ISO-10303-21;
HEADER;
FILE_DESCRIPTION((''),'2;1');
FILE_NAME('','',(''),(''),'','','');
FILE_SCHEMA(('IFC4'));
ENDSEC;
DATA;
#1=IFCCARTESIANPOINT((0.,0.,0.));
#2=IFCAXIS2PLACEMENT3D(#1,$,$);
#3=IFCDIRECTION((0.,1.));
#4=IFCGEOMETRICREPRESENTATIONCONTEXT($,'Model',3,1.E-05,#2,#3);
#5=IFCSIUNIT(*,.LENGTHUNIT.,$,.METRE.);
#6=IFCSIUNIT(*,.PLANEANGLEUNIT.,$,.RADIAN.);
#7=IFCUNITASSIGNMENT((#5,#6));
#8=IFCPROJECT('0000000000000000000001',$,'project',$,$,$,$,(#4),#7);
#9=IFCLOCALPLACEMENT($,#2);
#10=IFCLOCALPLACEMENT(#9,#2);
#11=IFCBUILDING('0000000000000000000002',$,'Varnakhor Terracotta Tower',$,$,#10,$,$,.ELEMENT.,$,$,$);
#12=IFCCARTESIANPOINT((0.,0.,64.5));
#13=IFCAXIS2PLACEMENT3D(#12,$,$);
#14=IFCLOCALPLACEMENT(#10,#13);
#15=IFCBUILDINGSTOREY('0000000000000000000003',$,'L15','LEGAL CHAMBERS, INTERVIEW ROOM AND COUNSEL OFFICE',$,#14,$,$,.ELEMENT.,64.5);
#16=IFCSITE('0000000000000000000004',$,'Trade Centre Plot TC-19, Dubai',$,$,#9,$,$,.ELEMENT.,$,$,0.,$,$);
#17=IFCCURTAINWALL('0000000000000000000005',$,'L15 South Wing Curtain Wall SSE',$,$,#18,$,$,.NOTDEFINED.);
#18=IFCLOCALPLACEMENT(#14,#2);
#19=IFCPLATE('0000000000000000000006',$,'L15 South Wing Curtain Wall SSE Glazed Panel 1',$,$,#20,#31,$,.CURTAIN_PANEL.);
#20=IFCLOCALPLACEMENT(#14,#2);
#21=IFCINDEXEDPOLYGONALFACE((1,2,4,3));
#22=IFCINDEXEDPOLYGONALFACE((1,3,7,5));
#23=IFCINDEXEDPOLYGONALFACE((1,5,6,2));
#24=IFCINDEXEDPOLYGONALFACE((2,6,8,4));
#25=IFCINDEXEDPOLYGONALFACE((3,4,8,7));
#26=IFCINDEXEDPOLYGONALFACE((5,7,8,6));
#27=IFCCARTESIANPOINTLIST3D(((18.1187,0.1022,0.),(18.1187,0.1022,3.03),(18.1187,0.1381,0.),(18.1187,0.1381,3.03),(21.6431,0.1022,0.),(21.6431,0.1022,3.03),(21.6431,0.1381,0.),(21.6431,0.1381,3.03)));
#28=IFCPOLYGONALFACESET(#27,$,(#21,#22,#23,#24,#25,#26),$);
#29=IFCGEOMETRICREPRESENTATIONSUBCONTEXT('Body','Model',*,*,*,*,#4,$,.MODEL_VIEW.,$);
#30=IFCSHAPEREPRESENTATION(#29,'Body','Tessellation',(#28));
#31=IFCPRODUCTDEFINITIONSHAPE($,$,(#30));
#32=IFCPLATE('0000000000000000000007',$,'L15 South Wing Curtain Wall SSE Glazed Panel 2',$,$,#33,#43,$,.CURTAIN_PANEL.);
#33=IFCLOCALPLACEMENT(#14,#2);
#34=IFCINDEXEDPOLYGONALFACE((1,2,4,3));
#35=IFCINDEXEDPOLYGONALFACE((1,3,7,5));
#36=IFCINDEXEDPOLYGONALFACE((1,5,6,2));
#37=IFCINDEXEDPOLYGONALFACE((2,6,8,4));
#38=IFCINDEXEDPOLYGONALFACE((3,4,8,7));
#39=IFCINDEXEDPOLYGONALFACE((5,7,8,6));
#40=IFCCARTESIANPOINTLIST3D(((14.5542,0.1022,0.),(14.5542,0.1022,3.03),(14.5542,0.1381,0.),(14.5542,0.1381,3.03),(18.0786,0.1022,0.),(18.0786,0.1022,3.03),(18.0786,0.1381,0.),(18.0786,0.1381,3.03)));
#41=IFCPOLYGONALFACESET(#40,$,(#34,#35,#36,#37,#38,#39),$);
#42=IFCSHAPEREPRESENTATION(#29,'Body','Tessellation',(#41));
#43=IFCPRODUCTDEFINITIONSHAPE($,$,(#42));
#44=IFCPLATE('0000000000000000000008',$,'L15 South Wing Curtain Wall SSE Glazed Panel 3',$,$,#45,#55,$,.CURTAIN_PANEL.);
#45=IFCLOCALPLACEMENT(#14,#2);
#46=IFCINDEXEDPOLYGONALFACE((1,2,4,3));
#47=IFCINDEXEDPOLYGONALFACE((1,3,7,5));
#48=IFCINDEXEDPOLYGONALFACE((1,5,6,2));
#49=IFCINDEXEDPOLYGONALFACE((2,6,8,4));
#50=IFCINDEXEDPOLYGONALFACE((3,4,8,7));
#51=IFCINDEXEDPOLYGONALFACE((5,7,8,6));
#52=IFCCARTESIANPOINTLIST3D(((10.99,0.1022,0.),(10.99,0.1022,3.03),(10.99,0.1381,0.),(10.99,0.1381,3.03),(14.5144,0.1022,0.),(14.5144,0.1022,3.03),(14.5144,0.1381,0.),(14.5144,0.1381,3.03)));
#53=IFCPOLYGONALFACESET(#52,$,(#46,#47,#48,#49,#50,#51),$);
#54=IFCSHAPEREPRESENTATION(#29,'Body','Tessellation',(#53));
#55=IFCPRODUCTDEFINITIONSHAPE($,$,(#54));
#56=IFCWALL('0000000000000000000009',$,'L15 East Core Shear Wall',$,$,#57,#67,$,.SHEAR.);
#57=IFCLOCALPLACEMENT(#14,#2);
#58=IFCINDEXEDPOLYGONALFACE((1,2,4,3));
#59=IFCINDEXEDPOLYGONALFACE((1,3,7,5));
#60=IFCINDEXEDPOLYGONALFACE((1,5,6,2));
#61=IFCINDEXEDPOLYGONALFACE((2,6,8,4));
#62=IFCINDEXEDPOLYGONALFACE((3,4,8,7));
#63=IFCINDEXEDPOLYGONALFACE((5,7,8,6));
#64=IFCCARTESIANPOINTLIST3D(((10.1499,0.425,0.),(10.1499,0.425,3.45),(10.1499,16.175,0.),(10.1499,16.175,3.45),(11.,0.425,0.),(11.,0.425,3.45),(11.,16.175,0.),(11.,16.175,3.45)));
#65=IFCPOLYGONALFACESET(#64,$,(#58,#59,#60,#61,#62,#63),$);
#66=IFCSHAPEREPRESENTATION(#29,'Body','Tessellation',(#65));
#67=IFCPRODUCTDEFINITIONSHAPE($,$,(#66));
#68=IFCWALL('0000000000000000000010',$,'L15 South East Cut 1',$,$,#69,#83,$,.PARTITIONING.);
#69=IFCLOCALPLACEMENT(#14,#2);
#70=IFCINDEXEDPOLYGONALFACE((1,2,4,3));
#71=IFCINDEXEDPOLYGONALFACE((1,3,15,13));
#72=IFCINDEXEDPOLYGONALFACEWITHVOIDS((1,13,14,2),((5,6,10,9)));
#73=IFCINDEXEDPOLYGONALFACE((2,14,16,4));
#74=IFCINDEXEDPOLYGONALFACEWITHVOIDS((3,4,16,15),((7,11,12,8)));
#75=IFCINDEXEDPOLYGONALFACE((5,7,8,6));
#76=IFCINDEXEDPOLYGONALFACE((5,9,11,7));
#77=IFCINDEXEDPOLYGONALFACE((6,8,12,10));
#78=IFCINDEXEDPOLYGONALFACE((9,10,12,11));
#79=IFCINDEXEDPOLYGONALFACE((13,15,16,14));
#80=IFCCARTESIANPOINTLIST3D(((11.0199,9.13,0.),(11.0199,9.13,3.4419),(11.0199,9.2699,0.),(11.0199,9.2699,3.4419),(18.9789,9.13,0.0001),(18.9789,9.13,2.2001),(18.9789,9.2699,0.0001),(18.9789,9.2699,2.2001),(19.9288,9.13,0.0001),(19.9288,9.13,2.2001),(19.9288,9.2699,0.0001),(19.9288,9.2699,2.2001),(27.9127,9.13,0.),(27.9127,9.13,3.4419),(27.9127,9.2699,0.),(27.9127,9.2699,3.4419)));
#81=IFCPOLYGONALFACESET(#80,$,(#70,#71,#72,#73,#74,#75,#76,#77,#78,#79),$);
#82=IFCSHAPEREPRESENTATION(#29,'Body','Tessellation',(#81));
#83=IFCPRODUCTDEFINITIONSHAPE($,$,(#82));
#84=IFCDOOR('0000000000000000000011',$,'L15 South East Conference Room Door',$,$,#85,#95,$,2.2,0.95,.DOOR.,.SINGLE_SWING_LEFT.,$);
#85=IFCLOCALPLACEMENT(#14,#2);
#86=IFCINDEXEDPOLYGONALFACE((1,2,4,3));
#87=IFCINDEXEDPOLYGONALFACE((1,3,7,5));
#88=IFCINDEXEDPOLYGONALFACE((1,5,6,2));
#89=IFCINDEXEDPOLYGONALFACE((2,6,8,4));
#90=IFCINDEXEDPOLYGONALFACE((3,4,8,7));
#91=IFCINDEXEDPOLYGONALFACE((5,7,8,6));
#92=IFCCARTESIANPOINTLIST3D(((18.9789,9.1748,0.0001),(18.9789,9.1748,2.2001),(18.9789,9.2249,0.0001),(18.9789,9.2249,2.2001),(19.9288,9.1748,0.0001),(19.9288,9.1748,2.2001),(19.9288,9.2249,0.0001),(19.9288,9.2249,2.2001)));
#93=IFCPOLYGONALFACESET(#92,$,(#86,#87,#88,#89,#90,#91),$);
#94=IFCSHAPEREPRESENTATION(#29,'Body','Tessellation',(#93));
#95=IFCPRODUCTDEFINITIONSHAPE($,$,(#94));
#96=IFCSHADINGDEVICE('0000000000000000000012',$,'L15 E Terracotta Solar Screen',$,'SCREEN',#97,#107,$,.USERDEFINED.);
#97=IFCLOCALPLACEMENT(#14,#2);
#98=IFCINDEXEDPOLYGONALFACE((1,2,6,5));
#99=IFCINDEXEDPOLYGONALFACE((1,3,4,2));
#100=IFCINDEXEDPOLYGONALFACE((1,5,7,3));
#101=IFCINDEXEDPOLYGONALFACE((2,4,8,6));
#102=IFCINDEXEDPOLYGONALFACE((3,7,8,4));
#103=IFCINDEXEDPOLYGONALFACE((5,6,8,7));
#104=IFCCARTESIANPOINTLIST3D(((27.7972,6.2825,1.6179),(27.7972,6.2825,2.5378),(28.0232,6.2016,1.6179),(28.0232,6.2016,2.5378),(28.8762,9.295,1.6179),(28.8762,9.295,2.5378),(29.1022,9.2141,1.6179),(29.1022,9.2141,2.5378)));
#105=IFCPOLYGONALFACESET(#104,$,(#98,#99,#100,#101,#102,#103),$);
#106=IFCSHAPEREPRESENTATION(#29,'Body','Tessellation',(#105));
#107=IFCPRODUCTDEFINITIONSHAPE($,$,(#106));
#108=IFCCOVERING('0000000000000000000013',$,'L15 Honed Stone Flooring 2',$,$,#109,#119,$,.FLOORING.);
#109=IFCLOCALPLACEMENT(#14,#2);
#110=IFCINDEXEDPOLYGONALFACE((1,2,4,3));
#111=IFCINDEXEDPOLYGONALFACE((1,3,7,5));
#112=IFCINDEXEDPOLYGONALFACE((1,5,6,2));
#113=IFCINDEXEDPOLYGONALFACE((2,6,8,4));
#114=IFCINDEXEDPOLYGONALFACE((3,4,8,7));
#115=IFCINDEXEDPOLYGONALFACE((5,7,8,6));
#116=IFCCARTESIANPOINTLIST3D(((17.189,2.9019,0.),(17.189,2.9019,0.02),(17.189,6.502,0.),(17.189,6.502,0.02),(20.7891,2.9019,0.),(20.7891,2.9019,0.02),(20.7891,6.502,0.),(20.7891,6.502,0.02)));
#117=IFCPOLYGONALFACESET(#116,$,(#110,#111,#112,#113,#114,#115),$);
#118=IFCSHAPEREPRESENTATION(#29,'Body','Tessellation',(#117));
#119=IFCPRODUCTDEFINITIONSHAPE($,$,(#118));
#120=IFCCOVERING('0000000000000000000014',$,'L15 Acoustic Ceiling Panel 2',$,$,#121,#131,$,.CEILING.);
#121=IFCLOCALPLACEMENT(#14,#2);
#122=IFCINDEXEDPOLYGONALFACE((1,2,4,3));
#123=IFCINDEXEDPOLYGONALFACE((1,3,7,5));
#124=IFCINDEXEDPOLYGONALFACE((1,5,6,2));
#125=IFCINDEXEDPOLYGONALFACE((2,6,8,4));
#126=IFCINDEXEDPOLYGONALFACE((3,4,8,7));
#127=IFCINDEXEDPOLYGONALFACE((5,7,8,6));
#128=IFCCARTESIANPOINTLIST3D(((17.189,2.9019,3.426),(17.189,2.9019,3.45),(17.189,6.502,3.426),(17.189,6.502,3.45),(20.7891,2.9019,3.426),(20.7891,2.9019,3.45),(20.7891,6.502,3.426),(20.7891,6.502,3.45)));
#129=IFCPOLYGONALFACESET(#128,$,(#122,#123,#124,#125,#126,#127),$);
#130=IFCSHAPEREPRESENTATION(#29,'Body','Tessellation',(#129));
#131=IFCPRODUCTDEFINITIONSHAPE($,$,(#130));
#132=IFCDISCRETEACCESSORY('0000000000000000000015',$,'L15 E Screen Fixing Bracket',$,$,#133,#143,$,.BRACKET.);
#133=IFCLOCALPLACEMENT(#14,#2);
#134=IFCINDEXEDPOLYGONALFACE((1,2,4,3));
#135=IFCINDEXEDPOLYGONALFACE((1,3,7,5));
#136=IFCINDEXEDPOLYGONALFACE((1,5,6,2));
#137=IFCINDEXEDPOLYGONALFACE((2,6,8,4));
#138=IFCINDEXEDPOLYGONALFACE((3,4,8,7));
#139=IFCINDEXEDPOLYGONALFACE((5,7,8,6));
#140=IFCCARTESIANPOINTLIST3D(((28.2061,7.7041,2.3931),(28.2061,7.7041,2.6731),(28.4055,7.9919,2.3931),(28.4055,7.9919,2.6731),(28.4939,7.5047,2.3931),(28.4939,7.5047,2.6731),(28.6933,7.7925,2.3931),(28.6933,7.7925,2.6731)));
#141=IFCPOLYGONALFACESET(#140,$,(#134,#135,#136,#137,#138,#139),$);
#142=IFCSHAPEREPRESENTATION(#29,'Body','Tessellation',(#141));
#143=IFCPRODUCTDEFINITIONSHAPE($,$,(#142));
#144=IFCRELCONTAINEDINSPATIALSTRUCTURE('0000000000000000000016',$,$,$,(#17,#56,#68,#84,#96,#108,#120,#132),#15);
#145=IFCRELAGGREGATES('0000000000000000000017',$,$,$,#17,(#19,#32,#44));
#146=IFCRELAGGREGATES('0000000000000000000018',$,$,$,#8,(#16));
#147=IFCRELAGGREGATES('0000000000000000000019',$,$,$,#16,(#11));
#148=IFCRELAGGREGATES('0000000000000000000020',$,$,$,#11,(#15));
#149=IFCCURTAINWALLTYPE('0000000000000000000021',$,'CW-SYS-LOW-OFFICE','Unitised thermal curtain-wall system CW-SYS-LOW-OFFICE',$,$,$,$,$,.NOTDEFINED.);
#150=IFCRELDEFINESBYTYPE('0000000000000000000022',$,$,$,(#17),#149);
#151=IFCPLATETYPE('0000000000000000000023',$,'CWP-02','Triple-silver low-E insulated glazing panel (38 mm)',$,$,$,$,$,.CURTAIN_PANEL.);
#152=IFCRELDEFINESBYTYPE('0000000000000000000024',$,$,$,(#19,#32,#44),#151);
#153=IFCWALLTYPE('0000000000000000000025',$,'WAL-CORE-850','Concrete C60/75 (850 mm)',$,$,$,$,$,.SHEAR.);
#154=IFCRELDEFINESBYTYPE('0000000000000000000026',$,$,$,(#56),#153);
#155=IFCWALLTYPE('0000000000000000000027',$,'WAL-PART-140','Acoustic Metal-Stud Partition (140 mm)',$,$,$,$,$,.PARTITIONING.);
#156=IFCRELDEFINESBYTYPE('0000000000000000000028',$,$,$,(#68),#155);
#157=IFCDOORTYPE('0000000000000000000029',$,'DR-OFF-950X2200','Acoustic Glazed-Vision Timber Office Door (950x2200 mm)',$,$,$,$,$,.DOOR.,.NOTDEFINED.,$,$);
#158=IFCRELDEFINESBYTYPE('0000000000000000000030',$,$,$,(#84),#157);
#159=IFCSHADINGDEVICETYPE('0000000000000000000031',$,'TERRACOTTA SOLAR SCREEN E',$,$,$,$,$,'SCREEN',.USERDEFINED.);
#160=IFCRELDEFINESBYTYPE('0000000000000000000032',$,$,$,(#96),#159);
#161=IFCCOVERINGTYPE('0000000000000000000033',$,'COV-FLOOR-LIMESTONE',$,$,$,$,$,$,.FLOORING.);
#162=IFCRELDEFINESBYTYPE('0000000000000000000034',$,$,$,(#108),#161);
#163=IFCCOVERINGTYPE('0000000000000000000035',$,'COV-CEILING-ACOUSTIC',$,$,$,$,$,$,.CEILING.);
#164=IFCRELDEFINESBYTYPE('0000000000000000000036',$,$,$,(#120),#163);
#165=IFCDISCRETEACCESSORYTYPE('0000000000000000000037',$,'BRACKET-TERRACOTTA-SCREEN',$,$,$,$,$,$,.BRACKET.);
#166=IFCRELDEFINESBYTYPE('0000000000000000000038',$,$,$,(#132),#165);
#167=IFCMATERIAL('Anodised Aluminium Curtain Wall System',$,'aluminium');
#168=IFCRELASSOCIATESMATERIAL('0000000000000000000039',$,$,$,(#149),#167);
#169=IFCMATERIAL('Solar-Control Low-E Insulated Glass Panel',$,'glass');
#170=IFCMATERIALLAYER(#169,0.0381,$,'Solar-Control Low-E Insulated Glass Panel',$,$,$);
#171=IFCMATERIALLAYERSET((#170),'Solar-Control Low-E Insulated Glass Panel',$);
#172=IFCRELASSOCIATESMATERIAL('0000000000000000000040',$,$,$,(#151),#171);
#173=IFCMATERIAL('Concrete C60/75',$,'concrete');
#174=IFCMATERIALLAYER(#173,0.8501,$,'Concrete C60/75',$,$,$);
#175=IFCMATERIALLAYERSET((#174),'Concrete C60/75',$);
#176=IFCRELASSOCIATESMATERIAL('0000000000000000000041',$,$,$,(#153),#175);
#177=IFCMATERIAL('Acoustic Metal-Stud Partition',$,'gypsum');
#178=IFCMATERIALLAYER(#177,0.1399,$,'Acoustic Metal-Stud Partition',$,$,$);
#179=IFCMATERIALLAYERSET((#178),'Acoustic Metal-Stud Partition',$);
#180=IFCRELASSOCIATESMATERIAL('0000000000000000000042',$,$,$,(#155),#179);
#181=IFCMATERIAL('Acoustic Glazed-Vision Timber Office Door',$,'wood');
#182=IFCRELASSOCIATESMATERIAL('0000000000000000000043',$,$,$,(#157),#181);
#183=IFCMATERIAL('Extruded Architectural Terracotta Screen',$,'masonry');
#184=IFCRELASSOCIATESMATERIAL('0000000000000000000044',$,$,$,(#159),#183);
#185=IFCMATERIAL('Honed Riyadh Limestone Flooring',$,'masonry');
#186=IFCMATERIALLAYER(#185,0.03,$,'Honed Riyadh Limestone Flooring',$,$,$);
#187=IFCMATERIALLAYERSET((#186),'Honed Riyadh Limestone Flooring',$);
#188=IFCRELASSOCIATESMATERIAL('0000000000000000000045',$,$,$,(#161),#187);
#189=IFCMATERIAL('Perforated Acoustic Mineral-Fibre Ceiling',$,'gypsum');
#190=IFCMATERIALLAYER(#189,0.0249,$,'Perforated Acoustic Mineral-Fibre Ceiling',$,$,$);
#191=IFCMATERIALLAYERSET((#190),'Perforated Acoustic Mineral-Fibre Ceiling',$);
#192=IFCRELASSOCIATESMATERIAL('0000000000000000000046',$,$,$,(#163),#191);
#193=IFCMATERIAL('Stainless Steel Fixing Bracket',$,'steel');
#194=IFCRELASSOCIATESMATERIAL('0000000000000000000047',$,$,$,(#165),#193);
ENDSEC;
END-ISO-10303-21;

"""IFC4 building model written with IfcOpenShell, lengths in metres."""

from ifc_helpers import new_model, si_unit, direction, frame, frame_2d, origin, origin_2d, place, context, subcontext, project, spatial, rectangle, extrude, source, transform, mapped, material, layer, layer_set, type_object, type_shapes, element, fill, aggregate, save


model = new_model("IFC4")

# Units and contexts
model_context = context("Model", 3, precision=1e-05, world=origin(), true_north=direction((0.0, 1.0)))
body_context = subcontext(model_context, "Body", "Model", "MODEL_VIEW")
ifc_project = project(units=[si_unit("LENGTHUNIT", "METRE"), si_unit("PLANEANGLEUNIT", "RADIAN")], contexts=[model_context])

# Site, building, storey
site_placement = place(None, origin())
site = spatial("IfcSite", under=ifc_project, at=site_placement, Name="Trade Centre Plot TC-19, Dubai", CompositionType="ELEMENT", RefElevation=0.0)
building_placement = place(site_placement, origin())
building = spatial("IfcBuilding", under=site, at=building_placement, Name="Varnakhor Terracotta Tower", CompositionType="ELEMENT")
storey_placement = place(building_placement, frame((0.0, 0.0, 64.5)))
storey = spatial("IfcBuildingStorey", under=building, at=storey_placement, Name="L15", Description="LEGAL CHAMBERS, INTERVIEW ROOM AND COUNSEL OFFICE", CompositionType="ELEMENT", Elevation=64.5)

# Curtain wall
ifc_material_1 = material(Name="Anodised Aluminium Curtain Wall System", Category="aluminium")
curtain_wall_type = type_object("IfcCurtainWallType", Name="CW-SYS-LOW-OFFICE", Description="Unitised thermal curtain-wall system CW-SYS-LOW-OFFICE", PredefinedType="NOTDEFINED", material=ifc_material_1)
curtain_wall_1_placement = place(storey_placement, origin())
curtain_wall_1 = element("IfcCurtainWall", 1, at=curtain_wall_1_placement, inside=storey, type_object=curtain_wall_type, Name="L15 South Wing Curtain Wall SSE", PredefinedType="NOTDEFINED")

# Plates
ifc_material_2 = material(Name="Solar-Control Low-E Insulated Glass Panel", Category="glass")
ifc_layer_1 = layer(ifc_material_2, 0.0381, Name="Solar-Control Low-E Insulated Glass Panel")
ifc_layer_set_1 = layer_set([ifc_layer_1], Name="Solar-Control Low-E Insulated Glass Panel")
plate_type_1 = type_object("IfcPlateType", Name="CWP-02", Description="Triple-silver low-E insulated glazing panel (38 mm)", PredefinedType="CURTAIN_PANEL", material=ifc_layer_set_1)
shared_shape_1 = source(origin(), body_context, "Body", "SweptSolid", [
    extrude(rectangle(XDim=3.5244, YDim=0.0359, at=origin_2d()), origin(), (0.0, 0.0, 1.0), 3.03),
])
plate_1_placement = place(storey_placement, frame((19.8809, 0.1201, 0.0), z_axis=(0.0, 0.0, 1.0), x_axis=(-1.0, 0.0, 0.0)))
plate_1 = element("IfcPlate", 2, at=plate_1_placement, type_object=plate_type_1, Name="L15 South Wing Curtain Wall SSE Glazed Panel 1", PredefinedType="CURTAIN_PANEL", context=body_context, shape_type="MappedRepresentation", body=[
    mapped(shared_shape_1, transform((0.0, 0.0, 0.0), scale=1.0)),
])
plate_2_placement = place(storey_placement, frame((16.3164, 0.1201, 0.0), z_axis=(0.0, 0.0, 1.0), x_axis=(-1.0, 0.0, 0.0)))
plate_2 = element("IfcPlate", 3, at=plate_2_placement, type_object=plate_type_1, Name="L15 South Wing Curtain Wall SSE Glazed Panel 2", PredefinedType="CURTAIN_PANEL", context=body_context, shape_type="MappedRepresentation", body=[
    mapped(shared_shape_1, transform((0.0, 0.0, 0.0), scale=1.0)),
])
plate_3_placement = place(storey_placement, frame((12.7522, 0.1201, 0.0), z_axis=(0.0, 0.0, 1.0), x_axis=(-1.0, 0.0, 0.0)))
plate_3 = element("IfcPlate", 4, at=plate_3_placement, type_object=plate_type_1, Name="L15 South Wing Curtain Wall SSE Glazed Panel 3", PredefinedType="CURTAIN_PANEL", context=body_context, shape_type="MappedRepresentation", body=[
    mapped(shared_shape_1, transform((0.0, 0.0, 0.0), scale=1.0)),
])
aggregate(curtain_wall_1, [plate_1, plate_2, plate_3])

# Wall
ifc_material_3 = material(Name="Concrete C60/75", Category="concrete")
ifc_layer_2 = layer(ifc_material_3, 0.8501, Name="Concrete C60/75")
ifc_layer_set_2 = layer_set([ifc_layer_2], Name="Concrete C60/75")
wall_type_1 = type_object("IfcWallType", Name="WAL-CORE-850", Description="Concrete C60/75 (850 mm)", PredefinedType="SHEAR", material=ifc_layer_set_2)
wall_1_placement = place(storey_placement, frame((10.575, 0.425, 0.0), z_axis=(0.0, 0.0, 1.0), x_axis=(0.0, 1.0, 0.0)))
element("IfcWall", 5, at=wall_1_placement, inside=storey, type_object=wall_type_1, Name="L15 East Core Shear Wall", PredefinedType="SHEAR", context=body_context, shape_type="SweptSolid", body=[
    extrude(rectangle(XDim=15.75, YDim=0.8501, at=frame_2d((7.875, 0.0))), origin(), (0.0, 0.0, 1.0), 3.45),
])

# Wall, opening, door
ifc_material_4 = material(Name="Acoustic Metal-Stud Partition", Category="gypsum")
ifc_layer_3 = layer(ifc_material_4, 0.1399, Name="Acoustic Metal-Stud Partition")
ifc_layer_set_3 = layer_set([ifc_layer_3], Name="Acoustic Metal-Stud Partition")
wall_type_2 = type_object("IfcWallType", Name="WAL-PART-140", Description="Acoustic Metal-Stud Partition (140 mm)", PredefinedType="PARTITIONING", material=ifc_layer_set_3)
wall_2_placement = place(storey_placement, frame((11.02, 9.2, 0.0), z_axis=(0.0, 0.0, 1.0), x_axis=(1.0, 0.0, 0.0)))
wall_2 = element("IfcWall", 6, at=wall_2_placement, inside=storey, type_object=wall_type_2, Name="L15 South East Cut 1", PredefinedType="PARTITIONING", context=body_context, shape_type="SweptSolid", body=[
    extrude(rectangle(XDim=16.8928, YDim=0.1399, at=frame_2d((8.4463, 0.0))), origin(), (0.0, 0.0, 1.0), 3.4419),
])
opening_placement = place(wall_2_placement, frame((7.9587, 0.0, 0.0)))
opening = element("IfcOpeningElement", 7, at=opening_placement, cuts=wall_2, PredefinedType="OPENING", context=body_context, shape_type="SweptSolid", body=[
    extrude(rectangle(XDim=0.95, YDim=2.2, at=frame_2d((0.4751, 1.1001))), frame((0.0, 0.0801, 0.0), z_axis=(0.0, -1.0, 0.0), x_axis=(1.0, 0.0, 0.0)), (0.0, 0.0, 1.0), 0.1599),
])
ifc_material_5 = material(Name="Acoustic Glazed-Vision Timber Office Door", Category="wood")
door_type = type_object("IfcDoorType", Name="DR-OFF-950X2200", Description="Acoustic Glazed-Vision Timber Office Door (950x2200 mm)", OperationType="NOTDEFINED", PredefinedType="DOOR", material=ifc_material_5)
shared_shape_2 = source(origin(), body_context, "Body", "SweptSolid", [
    extrude(rectangle(XDim=0.95, YDim=2.2, at=frame_2d((0.4751, 1.1001))), frame((0.0, 0.0249, 0.0), z_axis=(0.0, -1.0, 0.0), x_axis=(1.0, 0.0, 0.0)), (0.0, 0.0, 1.0), 0.05),
])
type_shapes(door_type, [shared_shape_2])
door_placement = place(opening_placement, origin())
door = element("IfcDoor", 8, at=door_placement, inside=storey, type_object=door_type, Name="L15 South East Conference Room Door", OperationType="SINGLE_SWING_LEFT", OverallHeight=2.2, OverallWidth=0.95, PredefinedType="DOOR", context=body_context, shape_type="MappedRepresentation", body=[
    mapped(shared_shape_2, transform((0.0, 0.0, 0.0), scale=1.0)),
])
fill(opening, door)

# Shading device
ifc_material_6 = material(Name="Extruded Architectural Terracotta Screen", Category="masonry")
shading_device_type = type_object("IfcShadingDeviceType", Name="TERRACOTTA SOLAR SCREEN E", ElementType="SCREEN", PredefinedType="USERDEFINED", material=ifc_material_6)
shared_shape_3 = source(origin(), body_context, "Body", "SweptSolid", [
    extrude(rectangle(XDim=3.2, YDim=0.24, at=origin_2d()), origin(), (0.0, 0.0, 1.0), 0.9199),
])
type_shapes(shading_device_type, [shared_shape_3])
shading_device_placement = place(storey_placement, frame((28.4497, 7.7483, 1.6179), z_axis=(0.0, 0.0, 1.0), x_axis=(0.337194, 0.941435, 0.0)))
element("IfcShadingDevice", 9, at=shading_device_placement, inside=storey, type_object=shading_device_type, Name="L15 E Terracotta Solar Screen", ObjectType="SCREEN", PredefinedType="USERDEFINED", context=body_context, shape_type="MappedRepresentation", body=[
    mapped(shared_shape_3, transform((0.0, 0.0, 0.0), scale=1.0)),
])

# Coverings
ifc_material_7 = material(Name="Honed Riyadh Limestone Flooring", Category="masonry")
ifc_layer_4 = layer(ifc_material_7, 0.03, Name="Honed Riyadh Limestone Flooring")
ifc_layer_set_4 = layer_set([ifc_layer_4], Name="Honed Riyadh Limestone Flooring")
covering_type_1 = type_object("IfcCoveringType", Name="COV-FLOOR-LIMESTONE", PredefinedType="FLOORING", material=ifc_layer_set_4)
shared_shape_4 = source(origin(), body_context, "Body", "SweptSolid", [
    extrude(rectangle(XDim=3.6001, YDim=3.6001, at=origin_2d()), origin(), (0.0, 0.0, 1.0), 0.02),
])
covering_1_placement = place(storey_placement, frame((18.989, 4.7019, 0.0), z_axis=(0.0, 0.0, 1.0), x_axis=(1.0, 0.0, 0.0)))
element("IfcCovering", 10, at=covering_1_placement, inside=storey, type_object=covering_type_1, Name="L15 Honed Stone Flooring 2", PredefinedType="FLOORING", context=body_context, shape_type="MappedRepresentation", body=[
    mapped(shared_shape_4, transform((0.0, 0.0, 0.0), scale=1.0)),
])
ifc_material_8 = material(Name="Perforated Acoustic Mineral-Fibre Ceiling", Category="gypsum")
ifc_layer_5 = layer(ifc_material_8, 0.0249, Name="Perforated Acoustic Mineral-Fibre Ceiling")
ifc_layer_set_5 = layer_set([ifc_layer_5], Name="Perforated Acoustic Mineral-Fibre Ceiling")
covering_type_2 = type_object("IfcCoveringType", Name="COV-CEILING-ACOUSTIC", PredefinedType="CEILING", material=ifc_layer_set_5)
shared_shape_5 = source(origin(), body_context, "Body", "SweptSolid", [
    extrude(rectangle(XDim=3.6001, YDim=3.6001, at=origin_2d()), origin(), (0.0, 0.0, 1.0), 0.0239),
])
covering_2_placement = place(storey_placement, frame((18.989, 4.7019, 3.426), z_axis=(0.0, 0.0, 1.0), x_axis=(1.0, 0.0, 0.0)))
element("IfcCovering", 11, at=covering_2_placement, inside=storey, type_object=covering_type_2, Name="L15 Acoustic Ceiling Panel 2", PredefinedType="CEILING", context=body_context, shape_type="MappedRepresentation", body=[
    mapped(shared_shape_5, transform((0.0, 0.0, 0.0), scale=1.0)),
])

# Discrete accessory
ifc_material_9 = material(Name="Stainless Steel Fixing Bracket", Category="steel")
discrete_accessory_type = type_object("IfcDiscreteAccessoryType", Name="BRACKET-TERRACOTTA-SCREEN", PredefinedType="BRACKET", material=ifc_material_9)
shared_shape_6 = source(origin(), body_context, "Body", "SweptSolid", [
    extrude(rectangle(XDim=0.3501, YDim=0.3501, at=origin_2d()), origin(), (0.0, 0.0, 1.0), 0.28),
])
type_shapes(discrete_accessory_type, [shared_shape_6])
discrete_accessory_placement = place(storey_placement, frame((28.4497, 7.7483, 2.3931), z_axis=(0.0, 0.0, 1.0), x_axis=(0.569366, 0.822084, 0.0)))
element("IfcDiscreteAccessory", 12, at=discrete_accessory_placement, inside=storey, type_object=discrete_accessory_type, Name="L15 E Screen Fixing Bracket", PredefinedType="BRACKET", context=body_context, shape_type="MappedRepresentation", body=[
    mapped(shared_shape_6, transform((0.0, 0.0, 0.0), scale=1.0)),
])

save(model, "model.ifc")
